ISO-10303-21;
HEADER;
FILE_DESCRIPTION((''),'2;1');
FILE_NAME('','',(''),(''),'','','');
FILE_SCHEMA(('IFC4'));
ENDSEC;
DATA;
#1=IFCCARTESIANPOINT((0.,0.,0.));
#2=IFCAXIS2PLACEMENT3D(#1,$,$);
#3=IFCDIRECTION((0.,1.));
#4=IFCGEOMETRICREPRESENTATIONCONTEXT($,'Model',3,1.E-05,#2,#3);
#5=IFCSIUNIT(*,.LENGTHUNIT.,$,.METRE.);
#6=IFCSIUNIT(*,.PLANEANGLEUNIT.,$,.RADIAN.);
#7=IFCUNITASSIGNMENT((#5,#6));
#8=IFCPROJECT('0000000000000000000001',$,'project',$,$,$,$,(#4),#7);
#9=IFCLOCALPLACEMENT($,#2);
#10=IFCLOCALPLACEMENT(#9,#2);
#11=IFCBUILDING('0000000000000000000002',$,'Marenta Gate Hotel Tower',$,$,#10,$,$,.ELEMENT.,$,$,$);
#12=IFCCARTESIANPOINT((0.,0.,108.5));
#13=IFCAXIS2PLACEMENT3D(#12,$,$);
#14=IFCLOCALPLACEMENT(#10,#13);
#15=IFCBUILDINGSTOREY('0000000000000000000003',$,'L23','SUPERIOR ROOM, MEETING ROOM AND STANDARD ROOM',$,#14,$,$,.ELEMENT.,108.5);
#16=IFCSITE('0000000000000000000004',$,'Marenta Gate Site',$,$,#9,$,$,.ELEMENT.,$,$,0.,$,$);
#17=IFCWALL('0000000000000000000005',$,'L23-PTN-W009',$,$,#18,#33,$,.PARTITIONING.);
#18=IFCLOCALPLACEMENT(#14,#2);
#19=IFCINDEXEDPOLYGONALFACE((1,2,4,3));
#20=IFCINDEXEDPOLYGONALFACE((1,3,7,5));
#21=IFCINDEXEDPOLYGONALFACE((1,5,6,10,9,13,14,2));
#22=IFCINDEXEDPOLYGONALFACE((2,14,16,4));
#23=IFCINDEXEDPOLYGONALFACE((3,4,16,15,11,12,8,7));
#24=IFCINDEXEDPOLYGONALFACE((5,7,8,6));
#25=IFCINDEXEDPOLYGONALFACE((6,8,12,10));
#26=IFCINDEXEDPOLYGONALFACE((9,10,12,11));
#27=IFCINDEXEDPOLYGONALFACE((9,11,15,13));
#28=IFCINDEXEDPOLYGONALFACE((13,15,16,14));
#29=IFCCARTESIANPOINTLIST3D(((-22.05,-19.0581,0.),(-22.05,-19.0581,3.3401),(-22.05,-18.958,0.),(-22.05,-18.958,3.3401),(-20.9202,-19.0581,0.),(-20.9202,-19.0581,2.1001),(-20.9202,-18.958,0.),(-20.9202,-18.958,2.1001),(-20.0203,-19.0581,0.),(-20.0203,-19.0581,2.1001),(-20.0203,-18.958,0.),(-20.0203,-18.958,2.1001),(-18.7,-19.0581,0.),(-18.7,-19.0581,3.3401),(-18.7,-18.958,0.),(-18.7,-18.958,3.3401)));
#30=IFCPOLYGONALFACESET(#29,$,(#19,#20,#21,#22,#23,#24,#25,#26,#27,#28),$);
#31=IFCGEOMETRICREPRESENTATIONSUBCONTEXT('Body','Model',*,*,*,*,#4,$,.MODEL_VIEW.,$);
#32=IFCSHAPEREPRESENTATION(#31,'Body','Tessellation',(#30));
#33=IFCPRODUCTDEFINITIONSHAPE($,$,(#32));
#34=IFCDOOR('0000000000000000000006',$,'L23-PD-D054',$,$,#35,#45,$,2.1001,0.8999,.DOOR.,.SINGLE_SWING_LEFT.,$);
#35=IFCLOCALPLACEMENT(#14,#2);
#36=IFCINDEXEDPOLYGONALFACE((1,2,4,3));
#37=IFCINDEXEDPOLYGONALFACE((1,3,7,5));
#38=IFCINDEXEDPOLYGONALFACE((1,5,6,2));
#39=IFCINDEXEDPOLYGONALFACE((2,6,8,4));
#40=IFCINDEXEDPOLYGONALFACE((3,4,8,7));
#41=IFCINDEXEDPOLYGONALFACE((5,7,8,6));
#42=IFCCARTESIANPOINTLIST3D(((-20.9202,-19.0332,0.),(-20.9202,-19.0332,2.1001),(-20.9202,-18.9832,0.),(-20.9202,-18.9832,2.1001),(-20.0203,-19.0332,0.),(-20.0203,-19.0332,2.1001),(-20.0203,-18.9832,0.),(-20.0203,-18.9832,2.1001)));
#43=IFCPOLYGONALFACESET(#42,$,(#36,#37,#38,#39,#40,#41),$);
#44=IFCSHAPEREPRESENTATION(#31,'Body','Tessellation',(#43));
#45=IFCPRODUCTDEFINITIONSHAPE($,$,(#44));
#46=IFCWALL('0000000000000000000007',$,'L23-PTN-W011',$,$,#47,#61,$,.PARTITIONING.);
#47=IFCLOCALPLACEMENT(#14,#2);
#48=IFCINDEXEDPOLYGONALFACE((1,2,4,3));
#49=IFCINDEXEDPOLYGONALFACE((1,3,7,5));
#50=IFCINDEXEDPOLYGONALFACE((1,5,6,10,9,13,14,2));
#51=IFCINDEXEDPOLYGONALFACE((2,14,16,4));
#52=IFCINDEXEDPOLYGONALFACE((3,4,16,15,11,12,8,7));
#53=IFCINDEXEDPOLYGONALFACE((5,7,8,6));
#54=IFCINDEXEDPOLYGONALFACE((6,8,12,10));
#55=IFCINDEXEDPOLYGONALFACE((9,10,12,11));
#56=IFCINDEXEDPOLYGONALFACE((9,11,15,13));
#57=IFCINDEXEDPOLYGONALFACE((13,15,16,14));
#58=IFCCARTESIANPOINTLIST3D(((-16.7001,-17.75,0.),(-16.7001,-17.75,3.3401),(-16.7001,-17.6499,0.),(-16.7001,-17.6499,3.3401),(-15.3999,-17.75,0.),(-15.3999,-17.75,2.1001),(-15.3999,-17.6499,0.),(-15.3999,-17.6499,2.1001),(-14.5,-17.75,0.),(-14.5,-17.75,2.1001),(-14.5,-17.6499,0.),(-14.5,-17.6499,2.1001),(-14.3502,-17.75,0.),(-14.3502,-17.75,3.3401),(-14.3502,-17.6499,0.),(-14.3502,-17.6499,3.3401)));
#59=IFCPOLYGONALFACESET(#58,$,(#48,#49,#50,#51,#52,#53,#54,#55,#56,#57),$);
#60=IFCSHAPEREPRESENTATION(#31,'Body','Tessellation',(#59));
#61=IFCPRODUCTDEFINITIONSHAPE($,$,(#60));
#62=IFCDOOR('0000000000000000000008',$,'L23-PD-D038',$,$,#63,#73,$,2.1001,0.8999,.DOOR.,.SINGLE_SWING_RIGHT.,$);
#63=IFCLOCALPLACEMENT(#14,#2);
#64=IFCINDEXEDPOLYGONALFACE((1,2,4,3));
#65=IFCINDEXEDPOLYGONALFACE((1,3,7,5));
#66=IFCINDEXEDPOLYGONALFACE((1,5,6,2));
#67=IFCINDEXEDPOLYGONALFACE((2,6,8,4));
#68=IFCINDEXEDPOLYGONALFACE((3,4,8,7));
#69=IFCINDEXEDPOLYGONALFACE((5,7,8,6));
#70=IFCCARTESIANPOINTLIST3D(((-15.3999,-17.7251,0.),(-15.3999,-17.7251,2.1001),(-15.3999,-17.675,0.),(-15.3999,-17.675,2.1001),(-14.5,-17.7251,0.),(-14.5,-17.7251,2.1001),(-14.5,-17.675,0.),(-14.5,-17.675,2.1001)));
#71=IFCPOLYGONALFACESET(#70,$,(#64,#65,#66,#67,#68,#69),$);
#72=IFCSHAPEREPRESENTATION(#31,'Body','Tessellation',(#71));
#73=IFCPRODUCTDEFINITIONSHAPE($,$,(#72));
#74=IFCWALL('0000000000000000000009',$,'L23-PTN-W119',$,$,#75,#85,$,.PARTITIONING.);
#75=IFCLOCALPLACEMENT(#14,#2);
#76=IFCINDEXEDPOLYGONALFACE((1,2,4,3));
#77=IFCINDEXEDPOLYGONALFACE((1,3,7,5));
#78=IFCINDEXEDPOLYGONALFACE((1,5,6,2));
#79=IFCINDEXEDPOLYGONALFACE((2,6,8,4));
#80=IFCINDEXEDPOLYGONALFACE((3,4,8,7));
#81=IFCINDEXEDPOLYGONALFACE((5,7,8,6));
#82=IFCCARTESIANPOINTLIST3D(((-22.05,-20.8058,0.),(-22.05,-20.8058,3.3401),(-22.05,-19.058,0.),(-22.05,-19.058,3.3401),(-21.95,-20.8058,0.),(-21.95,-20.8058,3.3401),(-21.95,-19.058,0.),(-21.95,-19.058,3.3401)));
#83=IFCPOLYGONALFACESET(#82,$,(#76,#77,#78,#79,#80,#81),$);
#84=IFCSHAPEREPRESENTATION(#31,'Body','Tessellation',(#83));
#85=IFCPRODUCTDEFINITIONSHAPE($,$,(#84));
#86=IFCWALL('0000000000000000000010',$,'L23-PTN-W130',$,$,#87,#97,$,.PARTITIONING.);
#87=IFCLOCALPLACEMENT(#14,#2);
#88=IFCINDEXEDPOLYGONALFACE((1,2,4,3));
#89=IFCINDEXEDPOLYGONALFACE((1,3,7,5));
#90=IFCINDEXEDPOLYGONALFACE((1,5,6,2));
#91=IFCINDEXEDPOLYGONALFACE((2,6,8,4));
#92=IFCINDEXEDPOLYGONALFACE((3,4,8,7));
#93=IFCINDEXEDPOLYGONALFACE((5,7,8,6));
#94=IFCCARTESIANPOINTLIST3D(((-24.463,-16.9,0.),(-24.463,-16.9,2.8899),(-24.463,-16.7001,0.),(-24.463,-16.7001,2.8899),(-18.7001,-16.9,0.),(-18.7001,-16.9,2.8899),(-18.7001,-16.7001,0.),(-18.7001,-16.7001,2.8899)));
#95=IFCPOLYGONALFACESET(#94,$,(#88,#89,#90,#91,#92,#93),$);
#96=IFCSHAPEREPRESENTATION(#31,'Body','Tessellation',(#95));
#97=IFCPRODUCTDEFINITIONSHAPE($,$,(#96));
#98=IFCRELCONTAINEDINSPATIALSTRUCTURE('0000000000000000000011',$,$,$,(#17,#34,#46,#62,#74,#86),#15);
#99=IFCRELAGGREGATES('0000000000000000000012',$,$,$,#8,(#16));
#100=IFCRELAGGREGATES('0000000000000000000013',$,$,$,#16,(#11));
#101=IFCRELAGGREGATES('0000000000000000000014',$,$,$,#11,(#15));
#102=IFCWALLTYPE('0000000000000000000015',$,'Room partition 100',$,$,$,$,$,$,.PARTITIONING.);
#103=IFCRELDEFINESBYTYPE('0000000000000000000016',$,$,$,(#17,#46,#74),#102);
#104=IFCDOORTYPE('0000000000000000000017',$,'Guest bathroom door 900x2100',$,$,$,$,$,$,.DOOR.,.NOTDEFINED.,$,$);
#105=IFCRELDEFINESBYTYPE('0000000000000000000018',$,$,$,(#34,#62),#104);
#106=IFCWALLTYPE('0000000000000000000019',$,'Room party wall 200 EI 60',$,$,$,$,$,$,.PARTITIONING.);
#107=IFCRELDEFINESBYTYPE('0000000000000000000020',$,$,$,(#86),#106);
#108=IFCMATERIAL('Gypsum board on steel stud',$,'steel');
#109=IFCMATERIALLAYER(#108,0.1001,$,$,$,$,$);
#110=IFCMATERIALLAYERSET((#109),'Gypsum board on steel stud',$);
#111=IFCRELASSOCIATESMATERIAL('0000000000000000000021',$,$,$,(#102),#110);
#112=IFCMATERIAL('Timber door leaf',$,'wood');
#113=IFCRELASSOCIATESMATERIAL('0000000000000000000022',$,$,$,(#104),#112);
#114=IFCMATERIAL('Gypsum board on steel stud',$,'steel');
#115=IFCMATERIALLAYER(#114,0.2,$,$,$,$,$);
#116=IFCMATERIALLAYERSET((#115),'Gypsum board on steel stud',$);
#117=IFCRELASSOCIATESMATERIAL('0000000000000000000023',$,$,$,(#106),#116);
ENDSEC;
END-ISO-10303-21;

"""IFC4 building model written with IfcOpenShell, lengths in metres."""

from ifc_helpers import new_model, si_unit, direction, frame, frame_2d, origin, place, context, subcontext, project, spatial, rectangle, extrude, material, layer, layer_set, type_object, element, fill, save


model = new_model("IFC4")

# Units and contexts
model_context = context("Model", 3, precision=1e-05, world=origin(), true_north=direction((0.0, 1.0)))
body_context = subcontext(model_context, "Body", "Model", "MODEL_VIEW")
ifc_project = project(units=[si_unit("LENGTHUNIT", "METRE"), si_unit("PLANEANGLEUNIT", "RADIAN")], contexts=[model_context])

# Site, building, storey
site_placement = place(None, origin())
site = spatial("IfcSite", under=ifc_project, at=site_placement, Name="Marenta Gate Site", CompositionType="ELEMENT", RefElevation=0.0)
building_placement = place(site_placement, origin())
building = spatial("IfcBuilding", under=site, at=building_placement, Name="Marenta Gate Hotel Tower", CompositionType="ELEMENT")
storey_placement = place(building_placement, frame((0.0, 0.0, 108.5)))
storey = spatial("IfcBuildingStorey", under=building, at=storey_placement, Name="L23", Description="SUPERIOR ROOM, MEETING ROOM AND STANDARD ROOM", CompositionType="ELEMENT", Elevation=108.5)

# Walls, openings, doors
ifc_material_1 = material(Name="Gypsum board on steel stud", Category="steel")
ifc_layer_1 = layer(ifc_material_1, 0.1001)
ifc_layer_set_1 = layer_set([ifc_layer_1], Name="Gypsum board on steel stud")
wall_type_1 = type_object("IfcWallType", Name="Room partition 100", PredefinedType="PARTITIONING", material=ifc_layer_set_1)
wall_1_placement = place(storey_placement, frame((-22.05, -19.0081, 0.0), z_axis=(0.0, 0.0, 1.0), x_axis=(1.0, 0.0, 0.0)))
wall_1 = element("IfcWall", 1, at=wall_1_placement, inside=storey, type_object=wall_type_1, Name="L23-PTN-W009", PredefinedType="PARTITIONING", context=body_context, shape_type="SweptSolid", body=[
    extrude(rectangle(XDim=3.3501, YDim=0.1001, at=frame_2d((1.675, 0.0))), origin(), (0.0, 0.0, 1.0), 3.3401),
])
opening_1_placement = place(wall_1_placement, frame((1.1299, 0.0, 0.0)))
opening_1 = element("IfcOpeningElement", 2, at=opening_1_placement, cuts=wall_1, PredefinedType="OPENING", context=body_context, shape_type="SweptSolid", body=[
    extrude(rectangle(XDim=0.8999, YDim=2.1001, at=frame_2d((0.45, 1.05))), frame((0.0, 0.05, 0.0), z_axis=(0.0, -1.0, 0.0), x_axis=(1.0, 0.0, 0.0)), (0.0, 0.0, 1.0), 0.1001),
])
ifc_material_2 = material(Name="Timber door leaf", Category="wood")
door_type_1 = type_object("IfcDoorType", Name="Guest bathroom door 900x2100", OperationType="NOTDEFINED", PredefinedType="DOOR", material=ifc_material_2)
door_1_placement = place(opening_1_placement, origin())
door_1 = element("IfcDoor", 3, at=door_1_placement, inside=storey, type_object=door_type_1, Name="L23-PD-D054", OperationType="SINGLE_SWING_LEFT", OverallHeight=2.1001, OverallWidth=0.8999, PredefinedType="DOOR", context=body_context, shape_type="SweptSolid", body=[
    extrude(rectangle(XDim=0.8999, YDim=2.1001, at=frame_2d((0.45, 1.05))), frame((0.0, 0.0249, 0.0), z_axis=(0.0, -1.0, 0.0), x_axis=(1.0, 0.0, 0.0)), (0.0, 0.0, 1.0), 0.05),
])
fill(opening_1, door_1)
wall_2_placement = place(storey_placement, frame((-16.7, -17.7, 0.0), z_axis=(0.0, 0.0, 1.0), x_axis=(1.0, 0.0, 0.0)))
wall_2 = element("IfcWall", 4, at=wall_2_placement, inside=storey, type_object=wall_type_1, Name="L23-PTN-W011", PredefinedType="PARTITIONING", context=body_context, shape_type="SweptSolid", body=[
    extrude(rectangle(XDim=2.3499, YDim=0.1001, at=frame_2d((1.1748, 0.0))), origin(), (0.0, 0.0, 1.0), 3.3401),
])
opening_2_placement = place(wall_2_placement, frame((1.3, 0.0, 0.0)))
opening_2 = element("IfcOpeningElement", 5, at=opening_2_placement, cuts=wall_2, PredefinedType="OPENING", context=body_context, shape_type="SweptSolid", body=[
    extrude(rectangle(XDim=0.8999, YDim=2.1001, at=frame_2d((0.45, 1.05))), frame((0.0, 0.05, 0.0), z_axis=(0.0, -1.0, 0.0), x_axis=(1.0, 0.0, 0.0)), (0.0, 0.0, 1.0), 0.1001),
])
door_2_placement = place(opening_2_placement, origin())
door_2 = element("IfcDoor", 6, at=door_2_placement, inside=storey, type_object=door_type_1, Name="L23-PD-D038", OperationType="SINGLE_SWING_RIGHT", OverallHeight=2.1001, OverallWidth=0.8999, PredefinedType="DOOR", context=body_context, shape_type="SweptSolid", body=[
    extrude(rectangle(XDim=0.8999, YDim=2.1001, at=frame_2d((0.45, 1.05))), frame((0.0, 0.0249, 0.0), z_axis=(0.0, -1.0, 0.0), x_axis=(1.0, 0.0, 0.0)), (0.0, 0.0, 1.0), 0.05),
])
fill(opening_2, door_2)

# Walls
wall_3_placement = place(storey_placement, frame((-22.0, -20.8059, 0.0), z_axis=(0.0, 0.0, 1.0), x_axis=(0.0, 1.0, 0.0)))
element("IfcWall", 7, at=wall_3_placement, inside=storey, type_object=wall_type_1, Name="L23-PTN-W119", PredefinedType="PARTITIONING", context=body_context, shape_type="SweptSolid", body=[
    extrude(rectangle(XDim=1.7478, YDim=0.1001, at=frame_2d((0.874, 0.0))), origin(), (0.0, 0.0, 1.0), 3.3401),
])
ifc_material_3 = material(Name="Gypsum board on steel stud", Category="steel")
ifc_layer_2 = layer(ifc_material_3, 0.2)
ifc_layer_set_2 = layer_set([ifc_layer_2], Name="Gypsum board on steel stud")
wall_type_2 = type_object("IfcWallType", Name="Room party wall 200 EI 60", PredefinedType="PARTITIONING", material=ifc_layer_set_2)
wall_4_placement = place(storey_placement, frame((-24.4629, -16.8, 0.0), z_axis=(0.0, 0.0, 1.0), x_axis=(1.0, 0.0, 0.0)))
element("IfcWall", 8, at=wall_4_placement, inside=storey, type_object=wall_type_2, Name="L23-PTN-W130", PredefinedType="PARTITIONING", context=body_context, shape_type="SweptSolid", body=[
    extrude(rectangle(XDim=5.7629, YDim=0.2, at=frame_2d((2.8813, 0.0))), origin(), (0.0, 0.0, 1.0), 2.8899),
])

save(model, "model.ifc")
